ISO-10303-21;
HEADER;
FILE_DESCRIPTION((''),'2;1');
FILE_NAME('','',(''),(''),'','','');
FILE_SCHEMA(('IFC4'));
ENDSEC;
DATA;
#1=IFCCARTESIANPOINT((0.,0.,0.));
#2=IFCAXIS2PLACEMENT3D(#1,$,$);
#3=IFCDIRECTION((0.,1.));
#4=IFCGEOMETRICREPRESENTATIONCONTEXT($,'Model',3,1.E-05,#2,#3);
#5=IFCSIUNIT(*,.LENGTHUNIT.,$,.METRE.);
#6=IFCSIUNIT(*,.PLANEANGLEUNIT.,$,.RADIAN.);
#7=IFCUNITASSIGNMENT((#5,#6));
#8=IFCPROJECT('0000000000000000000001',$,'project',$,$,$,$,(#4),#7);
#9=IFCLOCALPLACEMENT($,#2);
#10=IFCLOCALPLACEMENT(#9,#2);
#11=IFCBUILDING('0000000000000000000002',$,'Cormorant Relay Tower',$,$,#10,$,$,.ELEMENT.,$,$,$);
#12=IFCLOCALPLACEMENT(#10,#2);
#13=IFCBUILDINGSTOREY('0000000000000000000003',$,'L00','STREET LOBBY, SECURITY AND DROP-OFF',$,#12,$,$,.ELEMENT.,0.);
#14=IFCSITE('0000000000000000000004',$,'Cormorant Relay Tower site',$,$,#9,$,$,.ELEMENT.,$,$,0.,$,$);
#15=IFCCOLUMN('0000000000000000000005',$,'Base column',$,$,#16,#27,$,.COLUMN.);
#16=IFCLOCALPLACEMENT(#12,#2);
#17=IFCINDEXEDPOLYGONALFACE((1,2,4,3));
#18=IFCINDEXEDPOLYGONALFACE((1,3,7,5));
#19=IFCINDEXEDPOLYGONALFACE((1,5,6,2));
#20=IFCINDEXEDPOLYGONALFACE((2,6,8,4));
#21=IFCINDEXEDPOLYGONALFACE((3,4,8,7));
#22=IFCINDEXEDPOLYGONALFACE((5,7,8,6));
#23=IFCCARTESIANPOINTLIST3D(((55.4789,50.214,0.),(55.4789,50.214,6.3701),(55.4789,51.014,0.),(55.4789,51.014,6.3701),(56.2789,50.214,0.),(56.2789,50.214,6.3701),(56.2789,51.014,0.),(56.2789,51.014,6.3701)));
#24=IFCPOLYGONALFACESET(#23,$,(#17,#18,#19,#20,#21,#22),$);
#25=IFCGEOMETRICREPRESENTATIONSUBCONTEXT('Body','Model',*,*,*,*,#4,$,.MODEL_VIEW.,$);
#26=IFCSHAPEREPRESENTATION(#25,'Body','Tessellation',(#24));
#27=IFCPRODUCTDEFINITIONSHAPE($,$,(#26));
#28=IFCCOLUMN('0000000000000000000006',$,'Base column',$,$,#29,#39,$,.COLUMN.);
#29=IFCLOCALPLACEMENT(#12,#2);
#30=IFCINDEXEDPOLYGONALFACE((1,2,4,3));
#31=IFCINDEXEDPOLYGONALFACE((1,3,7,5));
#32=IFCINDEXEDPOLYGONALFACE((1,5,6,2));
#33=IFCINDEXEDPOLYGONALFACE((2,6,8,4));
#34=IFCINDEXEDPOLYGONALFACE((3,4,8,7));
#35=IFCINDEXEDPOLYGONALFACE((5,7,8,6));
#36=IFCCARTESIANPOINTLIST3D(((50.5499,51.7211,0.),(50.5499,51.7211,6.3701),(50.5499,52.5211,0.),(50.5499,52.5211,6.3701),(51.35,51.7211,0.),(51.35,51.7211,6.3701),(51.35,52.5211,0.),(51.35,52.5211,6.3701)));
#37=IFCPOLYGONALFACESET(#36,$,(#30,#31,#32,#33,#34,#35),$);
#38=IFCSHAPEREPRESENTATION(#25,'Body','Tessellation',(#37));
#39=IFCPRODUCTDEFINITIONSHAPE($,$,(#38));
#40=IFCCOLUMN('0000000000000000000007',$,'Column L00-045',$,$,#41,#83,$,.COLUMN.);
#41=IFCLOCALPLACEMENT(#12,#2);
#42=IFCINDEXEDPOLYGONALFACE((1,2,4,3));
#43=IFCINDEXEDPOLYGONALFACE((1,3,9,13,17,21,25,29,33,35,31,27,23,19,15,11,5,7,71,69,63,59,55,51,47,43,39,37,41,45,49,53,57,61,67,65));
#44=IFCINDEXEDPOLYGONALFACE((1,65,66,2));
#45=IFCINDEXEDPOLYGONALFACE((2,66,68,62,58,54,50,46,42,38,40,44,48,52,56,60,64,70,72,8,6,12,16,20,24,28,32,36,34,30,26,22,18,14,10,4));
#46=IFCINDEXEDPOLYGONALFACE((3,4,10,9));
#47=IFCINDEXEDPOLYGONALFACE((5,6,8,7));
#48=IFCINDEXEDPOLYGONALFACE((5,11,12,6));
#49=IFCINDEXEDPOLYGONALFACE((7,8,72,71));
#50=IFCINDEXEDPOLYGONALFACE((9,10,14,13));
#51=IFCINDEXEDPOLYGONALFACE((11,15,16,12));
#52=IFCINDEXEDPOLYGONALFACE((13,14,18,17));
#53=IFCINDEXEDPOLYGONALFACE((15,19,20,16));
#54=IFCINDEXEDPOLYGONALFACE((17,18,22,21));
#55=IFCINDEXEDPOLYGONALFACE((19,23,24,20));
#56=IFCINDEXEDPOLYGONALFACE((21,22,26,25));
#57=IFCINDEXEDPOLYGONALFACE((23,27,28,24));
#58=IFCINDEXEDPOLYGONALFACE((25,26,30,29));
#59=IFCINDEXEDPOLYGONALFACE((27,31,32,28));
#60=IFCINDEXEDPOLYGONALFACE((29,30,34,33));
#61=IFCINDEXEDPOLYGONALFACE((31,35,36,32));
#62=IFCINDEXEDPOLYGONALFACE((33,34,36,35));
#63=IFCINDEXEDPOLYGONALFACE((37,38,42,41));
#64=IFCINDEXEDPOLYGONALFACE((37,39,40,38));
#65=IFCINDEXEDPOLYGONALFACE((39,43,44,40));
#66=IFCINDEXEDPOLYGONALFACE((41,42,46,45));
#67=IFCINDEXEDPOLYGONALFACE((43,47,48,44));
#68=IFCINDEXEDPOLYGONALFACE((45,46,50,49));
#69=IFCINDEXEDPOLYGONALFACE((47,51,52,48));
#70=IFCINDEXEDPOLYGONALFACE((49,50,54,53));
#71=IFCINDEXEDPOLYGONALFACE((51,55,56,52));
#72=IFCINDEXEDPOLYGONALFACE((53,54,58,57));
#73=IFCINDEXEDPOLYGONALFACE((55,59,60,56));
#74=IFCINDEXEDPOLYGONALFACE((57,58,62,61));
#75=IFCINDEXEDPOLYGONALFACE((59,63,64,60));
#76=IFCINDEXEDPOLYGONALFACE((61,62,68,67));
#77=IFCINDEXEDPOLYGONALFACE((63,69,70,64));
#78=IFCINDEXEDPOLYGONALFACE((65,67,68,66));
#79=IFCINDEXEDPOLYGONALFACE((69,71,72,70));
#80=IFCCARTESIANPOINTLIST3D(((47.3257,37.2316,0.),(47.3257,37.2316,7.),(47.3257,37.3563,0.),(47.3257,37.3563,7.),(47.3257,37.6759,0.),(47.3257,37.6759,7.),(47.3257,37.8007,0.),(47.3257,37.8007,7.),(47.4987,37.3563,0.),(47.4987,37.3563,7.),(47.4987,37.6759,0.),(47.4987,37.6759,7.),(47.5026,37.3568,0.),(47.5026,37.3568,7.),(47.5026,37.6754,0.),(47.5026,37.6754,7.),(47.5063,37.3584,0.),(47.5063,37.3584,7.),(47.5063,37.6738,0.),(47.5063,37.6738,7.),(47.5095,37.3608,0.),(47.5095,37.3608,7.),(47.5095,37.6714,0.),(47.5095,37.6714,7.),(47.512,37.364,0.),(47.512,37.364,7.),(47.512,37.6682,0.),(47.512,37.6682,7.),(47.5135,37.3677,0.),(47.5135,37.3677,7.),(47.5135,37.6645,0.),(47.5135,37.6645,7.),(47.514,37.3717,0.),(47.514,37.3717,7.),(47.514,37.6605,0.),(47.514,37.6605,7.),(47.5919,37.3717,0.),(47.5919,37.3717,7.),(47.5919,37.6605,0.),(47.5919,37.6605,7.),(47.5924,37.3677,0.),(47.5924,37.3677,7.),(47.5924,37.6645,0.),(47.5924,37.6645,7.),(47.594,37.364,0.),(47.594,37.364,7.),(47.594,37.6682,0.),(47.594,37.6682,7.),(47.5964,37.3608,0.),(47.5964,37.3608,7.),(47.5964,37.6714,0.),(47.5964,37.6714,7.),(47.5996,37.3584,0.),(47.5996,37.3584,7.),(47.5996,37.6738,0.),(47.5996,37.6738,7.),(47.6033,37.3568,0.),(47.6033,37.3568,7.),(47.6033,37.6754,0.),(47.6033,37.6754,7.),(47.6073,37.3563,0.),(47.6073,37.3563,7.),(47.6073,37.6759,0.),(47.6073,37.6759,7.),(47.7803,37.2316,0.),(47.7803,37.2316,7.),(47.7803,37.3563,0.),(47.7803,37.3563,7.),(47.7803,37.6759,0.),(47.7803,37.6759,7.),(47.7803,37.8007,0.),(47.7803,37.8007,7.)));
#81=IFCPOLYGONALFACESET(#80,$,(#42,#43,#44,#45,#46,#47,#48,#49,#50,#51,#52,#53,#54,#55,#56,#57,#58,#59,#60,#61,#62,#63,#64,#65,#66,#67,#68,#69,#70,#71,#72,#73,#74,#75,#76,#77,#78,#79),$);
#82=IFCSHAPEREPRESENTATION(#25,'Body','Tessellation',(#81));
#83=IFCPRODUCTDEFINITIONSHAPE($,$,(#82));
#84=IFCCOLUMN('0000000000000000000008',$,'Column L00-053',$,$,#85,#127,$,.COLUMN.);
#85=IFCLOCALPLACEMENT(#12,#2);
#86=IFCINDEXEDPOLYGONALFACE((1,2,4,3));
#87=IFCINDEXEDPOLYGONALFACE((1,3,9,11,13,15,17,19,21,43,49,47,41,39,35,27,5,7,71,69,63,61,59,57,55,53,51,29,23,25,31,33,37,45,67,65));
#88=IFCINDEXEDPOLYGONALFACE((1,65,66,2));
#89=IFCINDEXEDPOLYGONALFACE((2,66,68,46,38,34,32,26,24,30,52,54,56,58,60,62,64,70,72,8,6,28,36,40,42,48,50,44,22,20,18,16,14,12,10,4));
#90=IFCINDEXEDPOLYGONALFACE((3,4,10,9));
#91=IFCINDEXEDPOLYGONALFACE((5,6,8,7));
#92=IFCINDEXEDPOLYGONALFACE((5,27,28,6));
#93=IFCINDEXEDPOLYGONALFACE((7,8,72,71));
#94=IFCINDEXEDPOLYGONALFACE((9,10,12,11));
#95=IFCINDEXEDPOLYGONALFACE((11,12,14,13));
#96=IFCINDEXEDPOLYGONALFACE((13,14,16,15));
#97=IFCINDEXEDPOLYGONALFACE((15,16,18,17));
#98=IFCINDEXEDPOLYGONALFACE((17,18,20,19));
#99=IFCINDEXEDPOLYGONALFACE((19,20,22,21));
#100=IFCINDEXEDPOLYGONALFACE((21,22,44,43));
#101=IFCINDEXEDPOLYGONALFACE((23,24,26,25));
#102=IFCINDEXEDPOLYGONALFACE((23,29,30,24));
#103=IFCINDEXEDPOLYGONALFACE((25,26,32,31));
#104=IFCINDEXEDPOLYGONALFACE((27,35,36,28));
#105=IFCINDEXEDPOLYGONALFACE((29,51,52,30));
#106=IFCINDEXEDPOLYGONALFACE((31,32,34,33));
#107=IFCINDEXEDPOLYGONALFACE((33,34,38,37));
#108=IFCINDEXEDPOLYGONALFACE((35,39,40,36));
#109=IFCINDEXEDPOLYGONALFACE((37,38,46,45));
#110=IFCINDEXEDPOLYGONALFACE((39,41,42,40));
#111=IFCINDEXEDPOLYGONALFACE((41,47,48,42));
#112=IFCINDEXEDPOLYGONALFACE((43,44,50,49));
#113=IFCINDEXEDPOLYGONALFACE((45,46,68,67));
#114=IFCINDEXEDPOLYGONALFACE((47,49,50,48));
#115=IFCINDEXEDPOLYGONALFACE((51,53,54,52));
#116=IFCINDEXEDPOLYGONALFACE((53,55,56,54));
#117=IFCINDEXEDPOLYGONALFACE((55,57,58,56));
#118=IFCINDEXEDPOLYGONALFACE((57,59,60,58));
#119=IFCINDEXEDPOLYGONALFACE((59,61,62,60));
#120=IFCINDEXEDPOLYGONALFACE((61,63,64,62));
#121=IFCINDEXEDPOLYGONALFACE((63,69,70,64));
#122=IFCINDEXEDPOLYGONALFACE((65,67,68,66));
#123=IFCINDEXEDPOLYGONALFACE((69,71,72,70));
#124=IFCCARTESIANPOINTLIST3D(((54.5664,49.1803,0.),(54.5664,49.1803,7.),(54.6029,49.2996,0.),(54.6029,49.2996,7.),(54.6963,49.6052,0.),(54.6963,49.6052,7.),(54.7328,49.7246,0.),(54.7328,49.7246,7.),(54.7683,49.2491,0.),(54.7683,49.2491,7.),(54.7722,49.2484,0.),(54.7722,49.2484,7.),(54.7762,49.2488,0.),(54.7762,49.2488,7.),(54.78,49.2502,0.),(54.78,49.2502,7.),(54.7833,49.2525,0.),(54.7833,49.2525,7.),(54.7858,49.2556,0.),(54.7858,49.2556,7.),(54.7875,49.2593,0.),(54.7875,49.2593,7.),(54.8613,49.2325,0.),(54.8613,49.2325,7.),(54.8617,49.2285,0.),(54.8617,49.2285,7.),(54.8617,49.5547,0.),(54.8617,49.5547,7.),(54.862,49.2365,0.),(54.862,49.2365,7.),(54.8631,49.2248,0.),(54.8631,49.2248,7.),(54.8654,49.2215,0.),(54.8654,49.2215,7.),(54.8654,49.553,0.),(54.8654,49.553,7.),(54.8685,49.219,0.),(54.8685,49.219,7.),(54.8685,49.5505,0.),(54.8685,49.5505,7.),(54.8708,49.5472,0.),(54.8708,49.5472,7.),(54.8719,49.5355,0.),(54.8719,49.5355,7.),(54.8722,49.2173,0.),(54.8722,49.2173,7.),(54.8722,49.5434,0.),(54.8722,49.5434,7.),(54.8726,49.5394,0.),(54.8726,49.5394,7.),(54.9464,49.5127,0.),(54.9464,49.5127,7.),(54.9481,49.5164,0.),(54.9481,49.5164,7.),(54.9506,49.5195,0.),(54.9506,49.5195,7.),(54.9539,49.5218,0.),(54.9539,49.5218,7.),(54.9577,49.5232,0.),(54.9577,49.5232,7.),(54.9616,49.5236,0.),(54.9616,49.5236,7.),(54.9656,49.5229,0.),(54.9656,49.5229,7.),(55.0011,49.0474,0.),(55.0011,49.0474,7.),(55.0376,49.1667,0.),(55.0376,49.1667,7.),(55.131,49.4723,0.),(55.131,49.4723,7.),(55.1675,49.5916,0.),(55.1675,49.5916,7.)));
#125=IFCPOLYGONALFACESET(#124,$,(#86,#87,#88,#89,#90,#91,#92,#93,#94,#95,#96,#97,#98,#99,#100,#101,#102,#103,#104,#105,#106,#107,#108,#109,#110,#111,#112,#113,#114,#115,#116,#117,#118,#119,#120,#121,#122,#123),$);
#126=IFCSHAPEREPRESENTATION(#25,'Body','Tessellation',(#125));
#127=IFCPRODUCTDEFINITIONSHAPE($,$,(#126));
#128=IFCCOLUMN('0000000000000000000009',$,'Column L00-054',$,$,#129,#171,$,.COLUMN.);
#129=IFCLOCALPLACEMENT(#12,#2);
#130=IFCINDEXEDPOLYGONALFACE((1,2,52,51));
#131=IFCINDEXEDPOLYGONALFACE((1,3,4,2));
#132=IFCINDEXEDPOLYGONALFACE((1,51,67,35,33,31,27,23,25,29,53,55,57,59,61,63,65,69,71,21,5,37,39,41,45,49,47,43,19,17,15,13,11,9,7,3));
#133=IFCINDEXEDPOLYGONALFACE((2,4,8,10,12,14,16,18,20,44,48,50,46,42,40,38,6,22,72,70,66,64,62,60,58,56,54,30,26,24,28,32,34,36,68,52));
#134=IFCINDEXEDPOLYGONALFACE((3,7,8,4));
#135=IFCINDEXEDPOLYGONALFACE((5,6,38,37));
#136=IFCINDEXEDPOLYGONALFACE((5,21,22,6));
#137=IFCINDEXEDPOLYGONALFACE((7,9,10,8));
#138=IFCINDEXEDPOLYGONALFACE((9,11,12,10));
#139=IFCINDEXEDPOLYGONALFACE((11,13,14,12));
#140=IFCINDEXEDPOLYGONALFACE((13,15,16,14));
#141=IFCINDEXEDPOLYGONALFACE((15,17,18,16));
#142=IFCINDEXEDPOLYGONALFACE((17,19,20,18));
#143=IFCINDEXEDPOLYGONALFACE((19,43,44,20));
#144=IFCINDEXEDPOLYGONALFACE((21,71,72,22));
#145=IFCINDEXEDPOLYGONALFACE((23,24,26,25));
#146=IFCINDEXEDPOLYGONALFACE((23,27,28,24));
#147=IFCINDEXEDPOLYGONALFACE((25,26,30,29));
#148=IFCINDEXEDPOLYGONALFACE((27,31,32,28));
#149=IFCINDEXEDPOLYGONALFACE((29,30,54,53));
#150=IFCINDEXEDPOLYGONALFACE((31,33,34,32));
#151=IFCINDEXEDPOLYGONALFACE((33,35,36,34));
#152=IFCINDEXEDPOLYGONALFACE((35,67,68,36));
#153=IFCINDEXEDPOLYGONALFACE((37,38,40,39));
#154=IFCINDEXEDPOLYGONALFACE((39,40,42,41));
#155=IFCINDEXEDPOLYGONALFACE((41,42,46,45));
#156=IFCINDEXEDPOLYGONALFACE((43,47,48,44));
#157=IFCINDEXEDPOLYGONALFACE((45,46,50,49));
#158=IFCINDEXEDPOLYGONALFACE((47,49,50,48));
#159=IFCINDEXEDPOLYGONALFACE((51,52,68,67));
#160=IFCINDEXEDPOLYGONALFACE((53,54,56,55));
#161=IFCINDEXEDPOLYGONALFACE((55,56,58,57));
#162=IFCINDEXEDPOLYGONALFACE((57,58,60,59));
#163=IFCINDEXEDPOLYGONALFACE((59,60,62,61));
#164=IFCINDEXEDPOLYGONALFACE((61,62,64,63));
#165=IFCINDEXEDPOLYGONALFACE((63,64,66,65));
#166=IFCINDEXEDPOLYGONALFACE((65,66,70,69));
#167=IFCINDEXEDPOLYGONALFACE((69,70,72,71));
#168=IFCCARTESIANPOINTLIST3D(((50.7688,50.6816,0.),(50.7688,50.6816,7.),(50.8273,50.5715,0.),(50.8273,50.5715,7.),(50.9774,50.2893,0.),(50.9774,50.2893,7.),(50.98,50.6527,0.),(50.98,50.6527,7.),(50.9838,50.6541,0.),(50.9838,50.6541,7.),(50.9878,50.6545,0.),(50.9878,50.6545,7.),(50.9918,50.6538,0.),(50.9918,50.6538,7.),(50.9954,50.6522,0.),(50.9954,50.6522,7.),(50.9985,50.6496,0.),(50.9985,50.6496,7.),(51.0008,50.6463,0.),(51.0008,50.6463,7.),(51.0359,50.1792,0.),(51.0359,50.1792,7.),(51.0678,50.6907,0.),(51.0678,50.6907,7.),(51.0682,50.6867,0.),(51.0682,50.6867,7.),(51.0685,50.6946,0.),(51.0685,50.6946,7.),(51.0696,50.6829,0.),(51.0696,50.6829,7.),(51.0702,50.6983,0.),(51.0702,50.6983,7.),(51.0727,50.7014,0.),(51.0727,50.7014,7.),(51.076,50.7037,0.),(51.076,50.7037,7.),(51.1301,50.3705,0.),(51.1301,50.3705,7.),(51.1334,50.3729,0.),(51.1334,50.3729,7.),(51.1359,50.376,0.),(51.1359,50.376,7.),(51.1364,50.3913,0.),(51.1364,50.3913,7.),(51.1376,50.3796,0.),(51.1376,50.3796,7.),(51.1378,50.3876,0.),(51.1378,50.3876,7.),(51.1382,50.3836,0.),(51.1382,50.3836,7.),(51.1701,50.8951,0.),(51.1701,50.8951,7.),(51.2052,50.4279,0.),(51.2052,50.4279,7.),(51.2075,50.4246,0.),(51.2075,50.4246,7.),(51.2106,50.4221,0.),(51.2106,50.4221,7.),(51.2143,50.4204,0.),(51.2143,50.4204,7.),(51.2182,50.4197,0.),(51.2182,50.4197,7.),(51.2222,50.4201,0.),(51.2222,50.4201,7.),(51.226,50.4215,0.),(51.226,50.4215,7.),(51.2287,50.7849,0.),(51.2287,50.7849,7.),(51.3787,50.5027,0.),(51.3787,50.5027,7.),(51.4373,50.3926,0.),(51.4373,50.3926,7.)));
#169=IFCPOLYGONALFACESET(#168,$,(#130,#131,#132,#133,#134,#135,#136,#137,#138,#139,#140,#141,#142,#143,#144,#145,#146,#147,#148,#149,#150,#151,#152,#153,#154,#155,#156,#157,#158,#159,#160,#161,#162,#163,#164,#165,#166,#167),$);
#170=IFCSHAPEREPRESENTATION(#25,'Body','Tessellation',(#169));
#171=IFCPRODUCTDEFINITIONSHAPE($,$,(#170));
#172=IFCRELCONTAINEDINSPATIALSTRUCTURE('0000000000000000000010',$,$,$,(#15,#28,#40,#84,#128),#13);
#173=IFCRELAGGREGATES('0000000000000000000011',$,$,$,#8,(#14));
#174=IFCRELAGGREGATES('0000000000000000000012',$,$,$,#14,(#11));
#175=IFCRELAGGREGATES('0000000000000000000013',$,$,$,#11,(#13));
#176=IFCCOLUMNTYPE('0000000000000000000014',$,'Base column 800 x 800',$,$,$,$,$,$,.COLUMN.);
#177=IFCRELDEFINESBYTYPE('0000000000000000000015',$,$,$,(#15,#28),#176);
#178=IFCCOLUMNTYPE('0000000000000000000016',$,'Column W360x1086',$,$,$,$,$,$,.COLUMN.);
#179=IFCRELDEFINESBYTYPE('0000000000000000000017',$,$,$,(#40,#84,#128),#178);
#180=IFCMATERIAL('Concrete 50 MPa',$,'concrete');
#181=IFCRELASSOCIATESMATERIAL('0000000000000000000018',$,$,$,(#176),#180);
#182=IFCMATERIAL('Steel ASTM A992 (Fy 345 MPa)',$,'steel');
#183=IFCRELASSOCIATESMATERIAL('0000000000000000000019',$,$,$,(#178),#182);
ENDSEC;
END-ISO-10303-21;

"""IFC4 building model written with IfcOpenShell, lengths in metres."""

from ifc_helpers import new_model, si_unit, direction, frame, origin, origin_2d, place, context, subcontext, project, spatial, rectangle, i_section, extrude, material, material_profile, profile_set, type_object, element, save


model = new_model("IFC4")

# Units and contexts
model_context = context("Model", 3, precision=1e-05, world=origin(), true_north=direction((0.0, 1.0)))
body_context = subcontext(model_context, "Body", "Model", "MODEL_VIEW")
ifc_project = project(units=[si_unit("LENGTHUNIT", "METRE"), si_unit("PLANEANGLEUNIT", "RADIAN")], contexts=[model_context])

# Site, building, storey
site_placement = place(None, origin())
site = spatial("IfcSite", under=ifc_project, at=site_placement, Name="Cormorant Relay Tower site", CompositionType="ELEMENT", RefElevation=0.0)
building_placement = place(site_placement, origin())
building = spatial("IfcBuilding", under=site, at=building_placement, Name="Cormorant Relay Tower", CompositionType="ELEMENT")
storey_placement = place(building_placement, origin())
storey = spatial("IfcBuildingStorey", under=building, at=storey_placement, Name="L00", Description="STREET LOBBY, SECURITY AND DROP-OFF", CompositionType="ELEMENT", Elevation=0.0)

# Columns
ifc_material_1 = material(Name="Concrete 50 MPa", Category="concrete")
ifc_material_profile_1 = material_profile(ifc_material_1, rectangle(XDim=0.8, YDim=0.8, at=origin_2d()), Name="RC 800x800")
ifc_profile_set_1 = profile_set([ifc_material_profile_1], Name="Concrete 50 MPa")
column_type_1 = type_object("IfcColumnType", Name="Base column 800 x 800", PredefinedType="COLUMN", material=ifc_profile_set_1)
for number, where, z_axis, x_axis, name in (
    (1, (55.8789, 50.614, 0.0), (0.0, 0.0, 1.0), (1.0, 0.0, 0.0), "Base column"),
    (2, (50.95, 52.1211, 0.0), (0.0, 0.0, 1.0), (1.0, 0.0, 0.0), "Base column"),
):
    element("IfcColumn", number, at=place(storey_placement, frame(where, z_axis=z_axis, x_axis=x_axis)), inside=storey, type_object=column_type_1, Name=name, PredefinedType="COLUMN", context=body_context, shape_type="SweptSolid", body=[
        extrude(rectangle(XDim=0.8, YDim=0.8, at=origin_2d()), origin(), (0.0, 0.0, 1.0), 6.3701),
    ])
ifc_material_2 = material(Name="Steel ASTM A992 (Fy 345 MPa)", Category="steel")
ifc_material_profile_2 = material_profile(ifc_material_2, i_section(OverallWidth=0.4546, OverallDepth=0.5691, WebThickness=0.0779, FlangeThickness=0.1248, FilletRadius=0.0154, at=origin_2d()), Name="W360x1086")
ifc_profile_set_2 = profile_set([ifc_material_profile_2], Name="Steel ASTM A992 (Fy 345 MPa)")
column_type_2 = type_object("IfcColumnType", Name="Column W360x1086", PredefinedType="COLUMN", material=ifc_profile_set_2)
for number, where, z_axis, x_axis, name in (
    (3, (47.553, 37.5161, 0.0), (0.0, 0.0, 1.0), (1.0, 0.0, 0.0), "Column L00-045"),
    (4, (54.8669, 49.386, 0.0), (0.0, 0.0, 1.0), (-0.956305, 0.292372, 0.0), "Column L00-053"),
    (5, (51.103, 50.5371, 0.0), (0.0, 0.0, 1.0), (-0.882948, -0.469472, 0.0), "Column L00-054"),
):
    element("IfcColumn", number, at=place(storey_placement, frame(where, z_axis=z_axis, x_axis=x_axis)), inside=storey, type_object=column_type_2, Name=name, PredefinedType="COLUMN", context=body_context, shape_type="SweptSolid", body=[
        extrude(i_section(OverallWidth=0.4546, OverallDepth=0.5691, WebThickness=0.0779, FlangeThickness=0.1248, FilletRadius=0.0154, at=origin_2d()), origin(), (0.0, 0.0, 1.0), 7.0),
    ])

save(model, "model.ifc")
